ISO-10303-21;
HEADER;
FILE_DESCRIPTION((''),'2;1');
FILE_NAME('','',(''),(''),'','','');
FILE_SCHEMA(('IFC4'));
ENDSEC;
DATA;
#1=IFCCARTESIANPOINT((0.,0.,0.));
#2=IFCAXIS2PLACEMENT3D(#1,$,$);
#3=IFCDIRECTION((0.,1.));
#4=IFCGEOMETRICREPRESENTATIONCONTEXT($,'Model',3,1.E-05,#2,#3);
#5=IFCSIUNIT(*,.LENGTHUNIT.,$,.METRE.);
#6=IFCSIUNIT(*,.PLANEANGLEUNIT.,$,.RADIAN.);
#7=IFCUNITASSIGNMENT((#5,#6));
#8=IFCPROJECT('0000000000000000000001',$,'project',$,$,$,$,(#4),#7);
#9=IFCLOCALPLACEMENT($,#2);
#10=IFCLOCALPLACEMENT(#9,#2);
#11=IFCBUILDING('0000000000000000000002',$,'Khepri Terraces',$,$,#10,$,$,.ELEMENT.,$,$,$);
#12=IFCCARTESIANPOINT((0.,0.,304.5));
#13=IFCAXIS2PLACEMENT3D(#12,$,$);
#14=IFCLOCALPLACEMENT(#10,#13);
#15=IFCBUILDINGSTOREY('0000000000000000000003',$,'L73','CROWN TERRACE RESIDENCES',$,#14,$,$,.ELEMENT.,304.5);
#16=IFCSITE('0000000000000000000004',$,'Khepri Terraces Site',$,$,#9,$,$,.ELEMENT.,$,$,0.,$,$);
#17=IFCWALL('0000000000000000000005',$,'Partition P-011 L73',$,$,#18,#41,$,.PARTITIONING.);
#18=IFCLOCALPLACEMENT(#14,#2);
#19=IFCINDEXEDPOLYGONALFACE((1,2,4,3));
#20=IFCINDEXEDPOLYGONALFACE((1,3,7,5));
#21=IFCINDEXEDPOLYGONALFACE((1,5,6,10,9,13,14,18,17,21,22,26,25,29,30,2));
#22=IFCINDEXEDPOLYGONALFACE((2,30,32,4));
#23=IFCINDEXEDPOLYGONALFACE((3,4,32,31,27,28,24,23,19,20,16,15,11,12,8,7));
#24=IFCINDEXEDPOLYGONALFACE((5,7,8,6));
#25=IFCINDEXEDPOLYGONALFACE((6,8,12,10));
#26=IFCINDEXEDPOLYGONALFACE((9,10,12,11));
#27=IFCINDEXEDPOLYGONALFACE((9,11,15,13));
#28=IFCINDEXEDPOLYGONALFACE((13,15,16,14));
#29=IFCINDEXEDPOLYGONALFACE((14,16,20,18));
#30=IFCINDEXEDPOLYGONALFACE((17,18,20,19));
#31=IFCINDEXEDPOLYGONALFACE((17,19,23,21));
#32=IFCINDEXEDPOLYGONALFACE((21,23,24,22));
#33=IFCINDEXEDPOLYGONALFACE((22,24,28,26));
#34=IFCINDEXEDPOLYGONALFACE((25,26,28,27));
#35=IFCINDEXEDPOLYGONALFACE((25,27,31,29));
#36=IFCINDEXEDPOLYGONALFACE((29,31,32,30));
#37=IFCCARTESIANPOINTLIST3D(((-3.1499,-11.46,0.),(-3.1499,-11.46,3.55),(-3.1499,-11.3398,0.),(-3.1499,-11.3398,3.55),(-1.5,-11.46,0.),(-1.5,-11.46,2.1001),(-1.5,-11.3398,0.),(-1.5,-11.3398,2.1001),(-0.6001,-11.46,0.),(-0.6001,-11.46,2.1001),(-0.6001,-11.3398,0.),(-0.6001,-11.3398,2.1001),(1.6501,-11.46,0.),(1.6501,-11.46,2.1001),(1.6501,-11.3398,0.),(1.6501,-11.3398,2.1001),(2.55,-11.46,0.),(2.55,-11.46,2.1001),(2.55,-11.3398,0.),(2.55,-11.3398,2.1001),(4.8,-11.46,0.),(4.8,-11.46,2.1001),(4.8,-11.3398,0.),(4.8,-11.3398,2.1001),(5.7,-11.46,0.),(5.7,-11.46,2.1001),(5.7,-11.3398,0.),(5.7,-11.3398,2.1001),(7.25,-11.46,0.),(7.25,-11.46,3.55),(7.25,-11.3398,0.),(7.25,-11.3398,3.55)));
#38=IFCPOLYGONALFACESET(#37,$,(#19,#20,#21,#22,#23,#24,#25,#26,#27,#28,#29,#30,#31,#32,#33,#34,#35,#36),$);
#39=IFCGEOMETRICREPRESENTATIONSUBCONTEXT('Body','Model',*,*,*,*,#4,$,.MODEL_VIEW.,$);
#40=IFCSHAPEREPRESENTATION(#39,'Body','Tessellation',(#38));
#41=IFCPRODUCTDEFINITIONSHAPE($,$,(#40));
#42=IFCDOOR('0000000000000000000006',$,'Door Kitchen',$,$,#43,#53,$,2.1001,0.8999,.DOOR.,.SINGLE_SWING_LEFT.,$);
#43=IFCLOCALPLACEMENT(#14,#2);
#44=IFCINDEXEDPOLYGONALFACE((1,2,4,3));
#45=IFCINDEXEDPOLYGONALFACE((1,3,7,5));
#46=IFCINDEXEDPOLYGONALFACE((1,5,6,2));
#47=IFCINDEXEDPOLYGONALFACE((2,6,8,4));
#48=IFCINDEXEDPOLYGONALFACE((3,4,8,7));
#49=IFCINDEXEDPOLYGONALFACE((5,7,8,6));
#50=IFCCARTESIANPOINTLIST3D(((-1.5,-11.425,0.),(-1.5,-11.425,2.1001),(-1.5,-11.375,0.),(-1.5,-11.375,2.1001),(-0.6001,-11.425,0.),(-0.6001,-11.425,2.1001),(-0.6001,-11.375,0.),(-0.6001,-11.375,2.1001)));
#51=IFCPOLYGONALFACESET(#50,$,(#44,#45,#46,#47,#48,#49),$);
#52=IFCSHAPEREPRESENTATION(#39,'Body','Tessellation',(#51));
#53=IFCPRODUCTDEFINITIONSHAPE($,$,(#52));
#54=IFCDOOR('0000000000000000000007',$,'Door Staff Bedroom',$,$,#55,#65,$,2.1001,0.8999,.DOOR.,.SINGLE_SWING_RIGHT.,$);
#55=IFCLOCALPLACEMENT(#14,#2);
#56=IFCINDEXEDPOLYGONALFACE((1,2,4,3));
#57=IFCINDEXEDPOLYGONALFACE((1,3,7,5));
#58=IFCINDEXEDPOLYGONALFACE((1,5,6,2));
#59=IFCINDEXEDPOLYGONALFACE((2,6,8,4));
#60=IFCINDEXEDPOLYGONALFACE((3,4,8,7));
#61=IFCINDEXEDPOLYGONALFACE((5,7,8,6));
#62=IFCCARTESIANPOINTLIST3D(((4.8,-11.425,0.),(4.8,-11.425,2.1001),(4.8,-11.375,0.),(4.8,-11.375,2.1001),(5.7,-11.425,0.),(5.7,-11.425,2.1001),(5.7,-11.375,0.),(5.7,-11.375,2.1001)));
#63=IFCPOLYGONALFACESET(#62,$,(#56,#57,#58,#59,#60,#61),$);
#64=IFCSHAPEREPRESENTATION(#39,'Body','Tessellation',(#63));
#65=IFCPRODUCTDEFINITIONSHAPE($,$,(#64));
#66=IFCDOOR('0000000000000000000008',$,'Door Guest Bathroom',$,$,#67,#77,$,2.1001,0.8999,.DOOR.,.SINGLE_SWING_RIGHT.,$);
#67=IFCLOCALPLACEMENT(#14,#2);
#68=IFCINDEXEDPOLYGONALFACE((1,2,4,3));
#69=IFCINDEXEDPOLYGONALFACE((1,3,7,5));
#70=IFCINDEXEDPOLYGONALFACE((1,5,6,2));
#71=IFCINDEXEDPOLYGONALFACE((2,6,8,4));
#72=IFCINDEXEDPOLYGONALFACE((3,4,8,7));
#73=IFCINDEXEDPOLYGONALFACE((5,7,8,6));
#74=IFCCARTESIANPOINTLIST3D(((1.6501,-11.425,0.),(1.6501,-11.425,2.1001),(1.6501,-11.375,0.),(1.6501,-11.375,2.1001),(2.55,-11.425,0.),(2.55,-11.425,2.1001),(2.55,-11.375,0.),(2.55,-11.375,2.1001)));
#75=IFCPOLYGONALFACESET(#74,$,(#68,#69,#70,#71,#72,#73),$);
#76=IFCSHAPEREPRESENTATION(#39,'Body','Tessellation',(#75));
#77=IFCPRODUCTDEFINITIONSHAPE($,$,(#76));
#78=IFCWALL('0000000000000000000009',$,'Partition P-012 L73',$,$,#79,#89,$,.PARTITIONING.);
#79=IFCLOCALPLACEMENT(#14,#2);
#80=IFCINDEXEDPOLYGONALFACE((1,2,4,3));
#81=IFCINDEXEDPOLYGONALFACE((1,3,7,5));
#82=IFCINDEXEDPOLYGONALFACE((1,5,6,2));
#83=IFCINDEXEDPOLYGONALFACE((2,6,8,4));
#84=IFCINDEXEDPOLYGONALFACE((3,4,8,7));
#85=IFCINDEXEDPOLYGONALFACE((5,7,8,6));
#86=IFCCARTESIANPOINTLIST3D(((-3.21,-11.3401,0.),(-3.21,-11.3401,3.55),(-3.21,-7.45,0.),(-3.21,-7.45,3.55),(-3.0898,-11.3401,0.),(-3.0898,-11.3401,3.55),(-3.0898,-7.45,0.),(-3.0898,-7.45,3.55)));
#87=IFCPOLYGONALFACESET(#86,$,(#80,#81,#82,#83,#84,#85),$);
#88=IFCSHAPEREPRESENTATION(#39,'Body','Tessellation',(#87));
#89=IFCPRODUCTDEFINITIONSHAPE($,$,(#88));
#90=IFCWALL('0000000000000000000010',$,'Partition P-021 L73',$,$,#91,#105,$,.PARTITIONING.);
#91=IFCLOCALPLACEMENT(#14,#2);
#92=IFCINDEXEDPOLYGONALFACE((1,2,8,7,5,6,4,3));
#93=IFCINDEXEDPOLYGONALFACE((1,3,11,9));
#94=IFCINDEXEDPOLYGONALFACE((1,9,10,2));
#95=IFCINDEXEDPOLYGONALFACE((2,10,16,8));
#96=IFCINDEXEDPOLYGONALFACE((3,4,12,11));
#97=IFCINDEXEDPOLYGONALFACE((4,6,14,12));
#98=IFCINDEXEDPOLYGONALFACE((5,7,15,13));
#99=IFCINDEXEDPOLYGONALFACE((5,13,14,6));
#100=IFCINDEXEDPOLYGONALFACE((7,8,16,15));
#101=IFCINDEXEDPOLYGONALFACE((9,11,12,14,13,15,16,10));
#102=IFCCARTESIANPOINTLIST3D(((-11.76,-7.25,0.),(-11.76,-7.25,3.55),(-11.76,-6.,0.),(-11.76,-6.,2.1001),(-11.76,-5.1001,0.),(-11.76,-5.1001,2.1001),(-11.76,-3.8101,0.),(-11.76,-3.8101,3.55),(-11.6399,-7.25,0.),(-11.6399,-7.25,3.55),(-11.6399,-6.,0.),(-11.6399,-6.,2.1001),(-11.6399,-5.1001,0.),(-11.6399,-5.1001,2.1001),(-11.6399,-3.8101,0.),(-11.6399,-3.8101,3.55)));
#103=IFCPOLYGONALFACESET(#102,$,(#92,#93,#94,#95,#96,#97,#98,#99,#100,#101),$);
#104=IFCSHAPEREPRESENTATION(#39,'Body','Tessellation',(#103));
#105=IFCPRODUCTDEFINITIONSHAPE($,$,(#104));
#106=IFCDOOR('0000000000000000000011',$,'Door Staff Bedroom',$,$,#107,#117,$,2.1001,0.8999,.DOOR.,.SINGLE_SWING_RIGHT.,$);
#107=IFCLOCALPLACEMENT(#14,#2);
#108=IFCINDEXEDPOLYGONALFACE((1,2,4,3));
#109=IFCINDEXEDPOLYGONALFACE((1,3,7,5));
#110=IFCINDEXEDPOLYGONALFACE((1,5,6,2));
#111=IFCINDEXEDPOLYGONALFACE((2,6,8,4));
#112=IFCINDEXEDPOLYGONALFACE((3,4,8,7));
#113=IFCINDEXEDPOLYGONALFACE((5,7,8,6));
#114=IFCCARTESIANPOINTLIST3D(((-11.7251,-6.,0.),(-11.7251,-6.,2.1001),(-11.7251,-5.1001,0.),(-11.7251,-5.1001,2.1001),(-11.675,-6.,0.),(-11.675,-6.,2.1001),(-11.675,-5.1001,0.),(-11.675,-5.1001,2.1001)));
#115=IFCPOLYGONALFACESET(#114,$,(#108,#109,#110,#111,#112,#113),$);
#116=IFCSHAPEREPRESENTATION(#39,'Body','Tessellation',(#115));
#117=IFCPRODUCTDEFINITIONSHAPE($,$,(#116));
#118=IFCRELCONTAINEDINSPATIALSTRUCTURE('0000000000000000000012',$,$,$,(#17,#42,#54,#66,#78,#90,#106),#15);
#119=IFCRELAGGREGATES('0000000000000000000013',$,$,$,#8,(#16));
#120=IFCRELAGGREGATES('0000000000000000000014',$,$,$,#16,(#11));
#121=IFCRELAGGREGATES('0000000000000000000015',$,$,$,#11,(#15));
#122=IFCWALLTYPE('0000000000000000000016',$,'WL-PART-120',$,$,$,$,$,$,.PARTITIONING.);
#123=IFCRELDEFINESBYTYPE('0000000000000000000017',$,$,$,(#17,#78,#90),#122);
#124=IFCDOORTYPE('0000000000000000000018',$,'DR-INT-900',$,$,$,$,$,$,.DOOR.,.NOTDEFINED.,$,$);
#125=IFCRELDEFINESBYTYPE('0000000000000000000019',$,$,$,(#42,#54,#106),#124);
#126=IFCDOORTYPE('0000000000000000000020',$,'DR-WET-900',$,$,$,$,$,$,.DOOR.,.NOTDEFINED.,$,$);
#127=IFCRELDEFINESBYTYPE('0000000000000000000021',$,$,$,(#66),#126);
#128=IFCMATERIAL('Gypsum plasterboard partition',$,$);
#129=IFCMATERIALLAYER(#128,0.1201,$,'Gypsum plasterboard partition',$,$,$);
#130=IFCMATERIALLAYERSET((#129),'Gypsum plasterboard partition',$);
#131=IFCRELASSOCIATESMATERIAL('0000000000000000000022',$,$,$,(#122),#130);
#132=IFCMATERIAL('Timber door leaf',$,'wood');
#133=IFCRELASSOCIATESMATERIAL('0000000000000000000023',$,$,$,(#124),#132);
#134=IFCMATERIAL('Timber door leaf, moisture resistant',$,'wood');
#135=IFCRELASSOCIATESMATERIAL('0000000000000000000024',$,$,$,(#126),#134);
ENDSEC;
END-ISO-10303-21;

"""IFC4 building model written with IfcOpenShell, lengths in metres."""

from ifc_helpers import new_model, si_unit, direction, frame, frame_2d, origin, place, context, subcontext, project, spatial, rectangle, extrude, material, layer, layer_set, type_object, element, fill, save


model = new_model("IFC4")

# Units and contexts
model_context = context("Model", 3, precision=1e-05, world=origin(), true_north=direction((0.0, 1.0)))
body_context = subcontext(model_context, "Body", "Model", "MODEL_VIEW")
ifc_project = project(units=[si_unit("LENGTHUNIT", "METRE"), si_unit("PLANEANGLEUNIT", "RADIAN")], contexts=[model_context])

# Site, building, storey
site_placement = place(None, origin())
site = spatial("IfcSite", under=ifc_project, at=site_placement, Name="Khepri Terraces Site", CompositionType="ELEMENT", RefElevation=0.0)
building_placement = place(site_placement, origin())
building = spatial("IfcBuilding", under=site, at=building_placement, Name="Khepri Terraces", CompositionType="ELEMENT")
storey_placement = place(building_placement, frame((0.0, 0.0, 304.5)))
storey = spatial("IfcBuildingStorey", under=building, at=storey_placement, Name="L73", Description="CROWN TERRACE RESIDENCES", CompositionType="ELEMENT", Elevation=304.5)

# Shared definitions
ifc_material_1 = material(Name="Gypsum plasterboard partition")
ifc_layer_1 = layer(ifc_material_1, 0.1201, Name="Gypsum plasterboard partition")
ifc_layer_set_1 = layer_set([ifc_layer_1], Name="Gypsum plasterboard partition")
wall_type_1 = type_object("IfcWallType", Name="WL-PART-120", PredefinedType="PARTITIONING", material=ifc_layer_set_1)

# Shared definitions
ifc_material_2 = material(Name="Timber door leaf", Category="wood")
door_type_1 = type_object("IfcDoorType", Name="DR-INT-900", OperationType="NOTDEFINED", PredefinedType="DOOR", material=ifc_material_2)

# Wall, openings, doors
wall_1_placement = place(storey_placement, frame((-3.1499, -11.3999, 0.0), z_axis=(0.0, 0.0, 1.0), x_axis=(1.0, 0.0, 0.0)))
wall_1 = element("IfcWall", 1, at=wall_1_placement, inside=storey, type_object=wall_type_1, Name="Partition P-011 L73", PredefinedType="PARTITIONING", context=body_context, shape_type="SweptSolid", body=[
    extrude(rectangle(XDim=10.3999, YDim=0.1201, at=frame_2d((5.2, 0.0))), origin(), (0.0, 0.0, 1.0), 3.55),
])
opening_1_placement = place(wall_1_placement, frame((1.6499, 0.0, 0.0)))
opening_1 = element("IfcOpeningElement", 2, at=opening_1_placement, cuts=wall_1, PredefinedType="OPENING", context=body_context, shape_type="SweptSolid", body=[
    extrude(rectangle(XDim=0.8999, YDim=2.1001, at=frame_2d((0.45, 1.05))), frame((0.0, 0.0701, 0.0), z_axis=(0.0, -1.0, 0.0), x_axis=(1.0, 0.0, 0.0)), (0.0, 0.0, 1.0), 0.1401),
])
opening_2_placement = place(wall_1_placement, frame((4.8, 0.0, 0.0)))
opening_2 = element("IfcOpeningElement", 3, at=opening_2_placement, cuts=wall_1, PredefinedType="OPENING", context=body_context, shape_type="SweptSolid", body=[
    extrude(rectangle(XDim=0.8999, YDim=2.1001, at=frame_2d((0.45, 1.05))), frame((0.0, 0.0701, 0.0), z_axis=(0.0, -1.0, 0.0), x_axis=(1.0, 0.0, 0.0)), (0.0, 0.0, 1.0), 0.1401),
])
opening_3_placement = place(wall_1_placement, frame((7.95, 0.0, 0.0)))
opening_3 = element("IfcOpeningElement", 4, at=opening_3_placement, cuts=wall_1, PredefinedType="OPENING", context=body_context, shape_type="SweptSolid", body=[
    extrude(rectangle(XDim=0.8999, YDim=2.1001, at=frame_2d((0.45, 1.05))), frame((0.0, 0.0701, 0.0), z_axis=(0.0, -1.0, 0.0), x_axis=(1.0, 0.0, 0.0)), (0.0, 0.0, 1.0), 0.1401),
])
door_1_placement = place(opening_1_placement, origin())
door_1 = element("IfcDoor", 5, at=door_1_placement, inside=storey, type_object=door_type_1, Name="Door Kitchen", OperationType="SINGLE_SWING_LEFT", OverallHeight=2.1001, OverallWidth=0.8999, PredefinedType="DOOR", context=body_context, shape_type="SweptSolid", body=[
    extrude(rectangle(XDim=0.8999, YDim=2.1001, at=frame_2d((0.45, 1.05))), frame((0.0, 0.0249, 0.0), z_axis=(0.0, -1.0, 0.0), x_axis=(1.0, 0.0, 0.0)), (0.0, 0.0, 1.0), 0.05),
])
fill(opening_1, door_1)
door_2_placement = place(opening_3_placement, origin())
door_2 = element("IfcDoor", 6, at=door_2_placement, inside=storey, type_object=door_type_1, Name="Door Staff Bedroom", OperationType="SINGLE_SWING_RIGHT", OverallHeight=2.1001, OverallWidth=0.8999, PredefinedType="DOOR", context=body_context, shape_type="SweptSolid", body=[
    extrude(rectangle(XDim=0.8999, YDim=2.1001, at=frame_2d((0.45, 1.05))), frame((0.0, 0.0249, 0.0), z_axis=(0.0, -1.0, 0.0), x_axis=(1.0, 0.0, 0.0)), (0.0, 0.0, 1.0), 0.05),
])
fill(opening_3, door_2)
ifc_material_3 = material(Name="Timber door leaf, moisture resistant", Category="wood")
door_type_2 = type_object("IfcDoorType", Name="DR-WET-900", OperationType="NOTDEFINED", PredefinedType="DOOR", material=ifc_material_3)
door_3_placement = place(opening_2_placement, origin())
door_3 = element("IfcDoor", 7, at=door_3_placement, inside=storey, type_object=door_type_2, Name="Door Guest Bathroom", OperationType="SINGLE_SWING_RIGHT", OverallHeight=2.1001, OverallWidth=0.8999, PredefinedType="DOOR", context=body_context, shape_type="SweptSolid", body=[
    extrude(rectangle(XDim=0.8999, YDim=2.1001, at=frame_2d((0.45, 1.05))), frame((0.0, 0.0249, 0.0), z_axis=(0.0, -1.0, 0.0), x_axis=(1.0, 0.0, 0.0)), (0.0, 0.0, 1.0), 0.05),
])
fill(opening_2, door_3)

# Wall
wall_2_placement = place(storey_placement, frame((-3.1499, -11.3401, 0.0), z_axis=(0.0, 0.0, 1.0), x_axis=(0.0, 1.0, 0.0)))
element("IfcWall", 8, at=wall_2_placement, inside=storey, type_object=wall_type_1, Name="Partition P-012 L73", PredefinedType="PARTITIONING", context=body_context, shape_type="SweptSolid", body=[
    extrude(rectangle(XDim=3.8901, YDim=0.1201, at=frame_2d((1.9451, 0.0))), origin(), (0.0, 0.0, 1.0), 3.55),
])

# Wall, opening, door
wall_3_placement = place(storey_placement, frame((-11.7, -7.25, 0.0), z_axis=(0.0, 0.0, 1.0), x_axis=(0.0, 1.0, 0.0)))
wall_3 = element("IfcWall", 9, at=wall_3_placement, inside=storey, type_object=wall_type_1, Name="Partition P-021 L73", PredefinedType="PARTITIONING", context=body_context, shape_type="SweptSolid", body=[
    extrude(rectangle(XDim=3.4399, YDim=0.1201, at=frame_2d((1.72, 0.0))), origin(), (0.0, 0.0, 1.0), 3.55),
])
opening_4_placement = place(wall_3_placement, frame((1.25, 0.0, 0.0)))
opening_4 = element("IfcOpeningElement", 10, at=opening_4_placement, cuts=wall_3, PredefinedType="OPENING", context=body_context, shape_type="SweptSolid", body=[
    extrude(rectangle(XDim=0.8999, YDim=2.1001, at=frame_2d((0.45, 1.05))), frame((0.0, 0.0701, 0.0), z_axis=(0.0, -1.0, 0.0), x_axis=(1.0, 0.0, 0.0)), (0.0, 0.0, 1.0), 0.1401),
])
door_4_placement = place(opening_4_placement, frame((0.8999, 0.0, 0.0), z_axis=(0.0, 0.0, 1.0), x_axis=(-1.0, 0.0, 0.0)))
door_4 = element("IfcDoor", 11, at=door_4_placement, inside=storey, type_object=door_type_1, Name="Door Staff Bedroom", OperationType="SINGLE_SWING_RIGHT", OverallHeight=2.1001, OverallWidth=0.8999, PredefinedType="DOOR", context=body_context, shape_type="SweptSolid", body=[
    extrude(rectangle(XDim=0.8999, YDim=2.1001, at=frame_2d((0.45, 1.05))), frame((0.0, 0.0249, 0.0), z_axis=(0.0, -1.0, 0.0), x_axis=(1.0, 0.0, 0.0)), (0.0, 0.0, 1.0), 0.05),
])
fill(opening_4, door_4)

save(model, "model.ifc")
